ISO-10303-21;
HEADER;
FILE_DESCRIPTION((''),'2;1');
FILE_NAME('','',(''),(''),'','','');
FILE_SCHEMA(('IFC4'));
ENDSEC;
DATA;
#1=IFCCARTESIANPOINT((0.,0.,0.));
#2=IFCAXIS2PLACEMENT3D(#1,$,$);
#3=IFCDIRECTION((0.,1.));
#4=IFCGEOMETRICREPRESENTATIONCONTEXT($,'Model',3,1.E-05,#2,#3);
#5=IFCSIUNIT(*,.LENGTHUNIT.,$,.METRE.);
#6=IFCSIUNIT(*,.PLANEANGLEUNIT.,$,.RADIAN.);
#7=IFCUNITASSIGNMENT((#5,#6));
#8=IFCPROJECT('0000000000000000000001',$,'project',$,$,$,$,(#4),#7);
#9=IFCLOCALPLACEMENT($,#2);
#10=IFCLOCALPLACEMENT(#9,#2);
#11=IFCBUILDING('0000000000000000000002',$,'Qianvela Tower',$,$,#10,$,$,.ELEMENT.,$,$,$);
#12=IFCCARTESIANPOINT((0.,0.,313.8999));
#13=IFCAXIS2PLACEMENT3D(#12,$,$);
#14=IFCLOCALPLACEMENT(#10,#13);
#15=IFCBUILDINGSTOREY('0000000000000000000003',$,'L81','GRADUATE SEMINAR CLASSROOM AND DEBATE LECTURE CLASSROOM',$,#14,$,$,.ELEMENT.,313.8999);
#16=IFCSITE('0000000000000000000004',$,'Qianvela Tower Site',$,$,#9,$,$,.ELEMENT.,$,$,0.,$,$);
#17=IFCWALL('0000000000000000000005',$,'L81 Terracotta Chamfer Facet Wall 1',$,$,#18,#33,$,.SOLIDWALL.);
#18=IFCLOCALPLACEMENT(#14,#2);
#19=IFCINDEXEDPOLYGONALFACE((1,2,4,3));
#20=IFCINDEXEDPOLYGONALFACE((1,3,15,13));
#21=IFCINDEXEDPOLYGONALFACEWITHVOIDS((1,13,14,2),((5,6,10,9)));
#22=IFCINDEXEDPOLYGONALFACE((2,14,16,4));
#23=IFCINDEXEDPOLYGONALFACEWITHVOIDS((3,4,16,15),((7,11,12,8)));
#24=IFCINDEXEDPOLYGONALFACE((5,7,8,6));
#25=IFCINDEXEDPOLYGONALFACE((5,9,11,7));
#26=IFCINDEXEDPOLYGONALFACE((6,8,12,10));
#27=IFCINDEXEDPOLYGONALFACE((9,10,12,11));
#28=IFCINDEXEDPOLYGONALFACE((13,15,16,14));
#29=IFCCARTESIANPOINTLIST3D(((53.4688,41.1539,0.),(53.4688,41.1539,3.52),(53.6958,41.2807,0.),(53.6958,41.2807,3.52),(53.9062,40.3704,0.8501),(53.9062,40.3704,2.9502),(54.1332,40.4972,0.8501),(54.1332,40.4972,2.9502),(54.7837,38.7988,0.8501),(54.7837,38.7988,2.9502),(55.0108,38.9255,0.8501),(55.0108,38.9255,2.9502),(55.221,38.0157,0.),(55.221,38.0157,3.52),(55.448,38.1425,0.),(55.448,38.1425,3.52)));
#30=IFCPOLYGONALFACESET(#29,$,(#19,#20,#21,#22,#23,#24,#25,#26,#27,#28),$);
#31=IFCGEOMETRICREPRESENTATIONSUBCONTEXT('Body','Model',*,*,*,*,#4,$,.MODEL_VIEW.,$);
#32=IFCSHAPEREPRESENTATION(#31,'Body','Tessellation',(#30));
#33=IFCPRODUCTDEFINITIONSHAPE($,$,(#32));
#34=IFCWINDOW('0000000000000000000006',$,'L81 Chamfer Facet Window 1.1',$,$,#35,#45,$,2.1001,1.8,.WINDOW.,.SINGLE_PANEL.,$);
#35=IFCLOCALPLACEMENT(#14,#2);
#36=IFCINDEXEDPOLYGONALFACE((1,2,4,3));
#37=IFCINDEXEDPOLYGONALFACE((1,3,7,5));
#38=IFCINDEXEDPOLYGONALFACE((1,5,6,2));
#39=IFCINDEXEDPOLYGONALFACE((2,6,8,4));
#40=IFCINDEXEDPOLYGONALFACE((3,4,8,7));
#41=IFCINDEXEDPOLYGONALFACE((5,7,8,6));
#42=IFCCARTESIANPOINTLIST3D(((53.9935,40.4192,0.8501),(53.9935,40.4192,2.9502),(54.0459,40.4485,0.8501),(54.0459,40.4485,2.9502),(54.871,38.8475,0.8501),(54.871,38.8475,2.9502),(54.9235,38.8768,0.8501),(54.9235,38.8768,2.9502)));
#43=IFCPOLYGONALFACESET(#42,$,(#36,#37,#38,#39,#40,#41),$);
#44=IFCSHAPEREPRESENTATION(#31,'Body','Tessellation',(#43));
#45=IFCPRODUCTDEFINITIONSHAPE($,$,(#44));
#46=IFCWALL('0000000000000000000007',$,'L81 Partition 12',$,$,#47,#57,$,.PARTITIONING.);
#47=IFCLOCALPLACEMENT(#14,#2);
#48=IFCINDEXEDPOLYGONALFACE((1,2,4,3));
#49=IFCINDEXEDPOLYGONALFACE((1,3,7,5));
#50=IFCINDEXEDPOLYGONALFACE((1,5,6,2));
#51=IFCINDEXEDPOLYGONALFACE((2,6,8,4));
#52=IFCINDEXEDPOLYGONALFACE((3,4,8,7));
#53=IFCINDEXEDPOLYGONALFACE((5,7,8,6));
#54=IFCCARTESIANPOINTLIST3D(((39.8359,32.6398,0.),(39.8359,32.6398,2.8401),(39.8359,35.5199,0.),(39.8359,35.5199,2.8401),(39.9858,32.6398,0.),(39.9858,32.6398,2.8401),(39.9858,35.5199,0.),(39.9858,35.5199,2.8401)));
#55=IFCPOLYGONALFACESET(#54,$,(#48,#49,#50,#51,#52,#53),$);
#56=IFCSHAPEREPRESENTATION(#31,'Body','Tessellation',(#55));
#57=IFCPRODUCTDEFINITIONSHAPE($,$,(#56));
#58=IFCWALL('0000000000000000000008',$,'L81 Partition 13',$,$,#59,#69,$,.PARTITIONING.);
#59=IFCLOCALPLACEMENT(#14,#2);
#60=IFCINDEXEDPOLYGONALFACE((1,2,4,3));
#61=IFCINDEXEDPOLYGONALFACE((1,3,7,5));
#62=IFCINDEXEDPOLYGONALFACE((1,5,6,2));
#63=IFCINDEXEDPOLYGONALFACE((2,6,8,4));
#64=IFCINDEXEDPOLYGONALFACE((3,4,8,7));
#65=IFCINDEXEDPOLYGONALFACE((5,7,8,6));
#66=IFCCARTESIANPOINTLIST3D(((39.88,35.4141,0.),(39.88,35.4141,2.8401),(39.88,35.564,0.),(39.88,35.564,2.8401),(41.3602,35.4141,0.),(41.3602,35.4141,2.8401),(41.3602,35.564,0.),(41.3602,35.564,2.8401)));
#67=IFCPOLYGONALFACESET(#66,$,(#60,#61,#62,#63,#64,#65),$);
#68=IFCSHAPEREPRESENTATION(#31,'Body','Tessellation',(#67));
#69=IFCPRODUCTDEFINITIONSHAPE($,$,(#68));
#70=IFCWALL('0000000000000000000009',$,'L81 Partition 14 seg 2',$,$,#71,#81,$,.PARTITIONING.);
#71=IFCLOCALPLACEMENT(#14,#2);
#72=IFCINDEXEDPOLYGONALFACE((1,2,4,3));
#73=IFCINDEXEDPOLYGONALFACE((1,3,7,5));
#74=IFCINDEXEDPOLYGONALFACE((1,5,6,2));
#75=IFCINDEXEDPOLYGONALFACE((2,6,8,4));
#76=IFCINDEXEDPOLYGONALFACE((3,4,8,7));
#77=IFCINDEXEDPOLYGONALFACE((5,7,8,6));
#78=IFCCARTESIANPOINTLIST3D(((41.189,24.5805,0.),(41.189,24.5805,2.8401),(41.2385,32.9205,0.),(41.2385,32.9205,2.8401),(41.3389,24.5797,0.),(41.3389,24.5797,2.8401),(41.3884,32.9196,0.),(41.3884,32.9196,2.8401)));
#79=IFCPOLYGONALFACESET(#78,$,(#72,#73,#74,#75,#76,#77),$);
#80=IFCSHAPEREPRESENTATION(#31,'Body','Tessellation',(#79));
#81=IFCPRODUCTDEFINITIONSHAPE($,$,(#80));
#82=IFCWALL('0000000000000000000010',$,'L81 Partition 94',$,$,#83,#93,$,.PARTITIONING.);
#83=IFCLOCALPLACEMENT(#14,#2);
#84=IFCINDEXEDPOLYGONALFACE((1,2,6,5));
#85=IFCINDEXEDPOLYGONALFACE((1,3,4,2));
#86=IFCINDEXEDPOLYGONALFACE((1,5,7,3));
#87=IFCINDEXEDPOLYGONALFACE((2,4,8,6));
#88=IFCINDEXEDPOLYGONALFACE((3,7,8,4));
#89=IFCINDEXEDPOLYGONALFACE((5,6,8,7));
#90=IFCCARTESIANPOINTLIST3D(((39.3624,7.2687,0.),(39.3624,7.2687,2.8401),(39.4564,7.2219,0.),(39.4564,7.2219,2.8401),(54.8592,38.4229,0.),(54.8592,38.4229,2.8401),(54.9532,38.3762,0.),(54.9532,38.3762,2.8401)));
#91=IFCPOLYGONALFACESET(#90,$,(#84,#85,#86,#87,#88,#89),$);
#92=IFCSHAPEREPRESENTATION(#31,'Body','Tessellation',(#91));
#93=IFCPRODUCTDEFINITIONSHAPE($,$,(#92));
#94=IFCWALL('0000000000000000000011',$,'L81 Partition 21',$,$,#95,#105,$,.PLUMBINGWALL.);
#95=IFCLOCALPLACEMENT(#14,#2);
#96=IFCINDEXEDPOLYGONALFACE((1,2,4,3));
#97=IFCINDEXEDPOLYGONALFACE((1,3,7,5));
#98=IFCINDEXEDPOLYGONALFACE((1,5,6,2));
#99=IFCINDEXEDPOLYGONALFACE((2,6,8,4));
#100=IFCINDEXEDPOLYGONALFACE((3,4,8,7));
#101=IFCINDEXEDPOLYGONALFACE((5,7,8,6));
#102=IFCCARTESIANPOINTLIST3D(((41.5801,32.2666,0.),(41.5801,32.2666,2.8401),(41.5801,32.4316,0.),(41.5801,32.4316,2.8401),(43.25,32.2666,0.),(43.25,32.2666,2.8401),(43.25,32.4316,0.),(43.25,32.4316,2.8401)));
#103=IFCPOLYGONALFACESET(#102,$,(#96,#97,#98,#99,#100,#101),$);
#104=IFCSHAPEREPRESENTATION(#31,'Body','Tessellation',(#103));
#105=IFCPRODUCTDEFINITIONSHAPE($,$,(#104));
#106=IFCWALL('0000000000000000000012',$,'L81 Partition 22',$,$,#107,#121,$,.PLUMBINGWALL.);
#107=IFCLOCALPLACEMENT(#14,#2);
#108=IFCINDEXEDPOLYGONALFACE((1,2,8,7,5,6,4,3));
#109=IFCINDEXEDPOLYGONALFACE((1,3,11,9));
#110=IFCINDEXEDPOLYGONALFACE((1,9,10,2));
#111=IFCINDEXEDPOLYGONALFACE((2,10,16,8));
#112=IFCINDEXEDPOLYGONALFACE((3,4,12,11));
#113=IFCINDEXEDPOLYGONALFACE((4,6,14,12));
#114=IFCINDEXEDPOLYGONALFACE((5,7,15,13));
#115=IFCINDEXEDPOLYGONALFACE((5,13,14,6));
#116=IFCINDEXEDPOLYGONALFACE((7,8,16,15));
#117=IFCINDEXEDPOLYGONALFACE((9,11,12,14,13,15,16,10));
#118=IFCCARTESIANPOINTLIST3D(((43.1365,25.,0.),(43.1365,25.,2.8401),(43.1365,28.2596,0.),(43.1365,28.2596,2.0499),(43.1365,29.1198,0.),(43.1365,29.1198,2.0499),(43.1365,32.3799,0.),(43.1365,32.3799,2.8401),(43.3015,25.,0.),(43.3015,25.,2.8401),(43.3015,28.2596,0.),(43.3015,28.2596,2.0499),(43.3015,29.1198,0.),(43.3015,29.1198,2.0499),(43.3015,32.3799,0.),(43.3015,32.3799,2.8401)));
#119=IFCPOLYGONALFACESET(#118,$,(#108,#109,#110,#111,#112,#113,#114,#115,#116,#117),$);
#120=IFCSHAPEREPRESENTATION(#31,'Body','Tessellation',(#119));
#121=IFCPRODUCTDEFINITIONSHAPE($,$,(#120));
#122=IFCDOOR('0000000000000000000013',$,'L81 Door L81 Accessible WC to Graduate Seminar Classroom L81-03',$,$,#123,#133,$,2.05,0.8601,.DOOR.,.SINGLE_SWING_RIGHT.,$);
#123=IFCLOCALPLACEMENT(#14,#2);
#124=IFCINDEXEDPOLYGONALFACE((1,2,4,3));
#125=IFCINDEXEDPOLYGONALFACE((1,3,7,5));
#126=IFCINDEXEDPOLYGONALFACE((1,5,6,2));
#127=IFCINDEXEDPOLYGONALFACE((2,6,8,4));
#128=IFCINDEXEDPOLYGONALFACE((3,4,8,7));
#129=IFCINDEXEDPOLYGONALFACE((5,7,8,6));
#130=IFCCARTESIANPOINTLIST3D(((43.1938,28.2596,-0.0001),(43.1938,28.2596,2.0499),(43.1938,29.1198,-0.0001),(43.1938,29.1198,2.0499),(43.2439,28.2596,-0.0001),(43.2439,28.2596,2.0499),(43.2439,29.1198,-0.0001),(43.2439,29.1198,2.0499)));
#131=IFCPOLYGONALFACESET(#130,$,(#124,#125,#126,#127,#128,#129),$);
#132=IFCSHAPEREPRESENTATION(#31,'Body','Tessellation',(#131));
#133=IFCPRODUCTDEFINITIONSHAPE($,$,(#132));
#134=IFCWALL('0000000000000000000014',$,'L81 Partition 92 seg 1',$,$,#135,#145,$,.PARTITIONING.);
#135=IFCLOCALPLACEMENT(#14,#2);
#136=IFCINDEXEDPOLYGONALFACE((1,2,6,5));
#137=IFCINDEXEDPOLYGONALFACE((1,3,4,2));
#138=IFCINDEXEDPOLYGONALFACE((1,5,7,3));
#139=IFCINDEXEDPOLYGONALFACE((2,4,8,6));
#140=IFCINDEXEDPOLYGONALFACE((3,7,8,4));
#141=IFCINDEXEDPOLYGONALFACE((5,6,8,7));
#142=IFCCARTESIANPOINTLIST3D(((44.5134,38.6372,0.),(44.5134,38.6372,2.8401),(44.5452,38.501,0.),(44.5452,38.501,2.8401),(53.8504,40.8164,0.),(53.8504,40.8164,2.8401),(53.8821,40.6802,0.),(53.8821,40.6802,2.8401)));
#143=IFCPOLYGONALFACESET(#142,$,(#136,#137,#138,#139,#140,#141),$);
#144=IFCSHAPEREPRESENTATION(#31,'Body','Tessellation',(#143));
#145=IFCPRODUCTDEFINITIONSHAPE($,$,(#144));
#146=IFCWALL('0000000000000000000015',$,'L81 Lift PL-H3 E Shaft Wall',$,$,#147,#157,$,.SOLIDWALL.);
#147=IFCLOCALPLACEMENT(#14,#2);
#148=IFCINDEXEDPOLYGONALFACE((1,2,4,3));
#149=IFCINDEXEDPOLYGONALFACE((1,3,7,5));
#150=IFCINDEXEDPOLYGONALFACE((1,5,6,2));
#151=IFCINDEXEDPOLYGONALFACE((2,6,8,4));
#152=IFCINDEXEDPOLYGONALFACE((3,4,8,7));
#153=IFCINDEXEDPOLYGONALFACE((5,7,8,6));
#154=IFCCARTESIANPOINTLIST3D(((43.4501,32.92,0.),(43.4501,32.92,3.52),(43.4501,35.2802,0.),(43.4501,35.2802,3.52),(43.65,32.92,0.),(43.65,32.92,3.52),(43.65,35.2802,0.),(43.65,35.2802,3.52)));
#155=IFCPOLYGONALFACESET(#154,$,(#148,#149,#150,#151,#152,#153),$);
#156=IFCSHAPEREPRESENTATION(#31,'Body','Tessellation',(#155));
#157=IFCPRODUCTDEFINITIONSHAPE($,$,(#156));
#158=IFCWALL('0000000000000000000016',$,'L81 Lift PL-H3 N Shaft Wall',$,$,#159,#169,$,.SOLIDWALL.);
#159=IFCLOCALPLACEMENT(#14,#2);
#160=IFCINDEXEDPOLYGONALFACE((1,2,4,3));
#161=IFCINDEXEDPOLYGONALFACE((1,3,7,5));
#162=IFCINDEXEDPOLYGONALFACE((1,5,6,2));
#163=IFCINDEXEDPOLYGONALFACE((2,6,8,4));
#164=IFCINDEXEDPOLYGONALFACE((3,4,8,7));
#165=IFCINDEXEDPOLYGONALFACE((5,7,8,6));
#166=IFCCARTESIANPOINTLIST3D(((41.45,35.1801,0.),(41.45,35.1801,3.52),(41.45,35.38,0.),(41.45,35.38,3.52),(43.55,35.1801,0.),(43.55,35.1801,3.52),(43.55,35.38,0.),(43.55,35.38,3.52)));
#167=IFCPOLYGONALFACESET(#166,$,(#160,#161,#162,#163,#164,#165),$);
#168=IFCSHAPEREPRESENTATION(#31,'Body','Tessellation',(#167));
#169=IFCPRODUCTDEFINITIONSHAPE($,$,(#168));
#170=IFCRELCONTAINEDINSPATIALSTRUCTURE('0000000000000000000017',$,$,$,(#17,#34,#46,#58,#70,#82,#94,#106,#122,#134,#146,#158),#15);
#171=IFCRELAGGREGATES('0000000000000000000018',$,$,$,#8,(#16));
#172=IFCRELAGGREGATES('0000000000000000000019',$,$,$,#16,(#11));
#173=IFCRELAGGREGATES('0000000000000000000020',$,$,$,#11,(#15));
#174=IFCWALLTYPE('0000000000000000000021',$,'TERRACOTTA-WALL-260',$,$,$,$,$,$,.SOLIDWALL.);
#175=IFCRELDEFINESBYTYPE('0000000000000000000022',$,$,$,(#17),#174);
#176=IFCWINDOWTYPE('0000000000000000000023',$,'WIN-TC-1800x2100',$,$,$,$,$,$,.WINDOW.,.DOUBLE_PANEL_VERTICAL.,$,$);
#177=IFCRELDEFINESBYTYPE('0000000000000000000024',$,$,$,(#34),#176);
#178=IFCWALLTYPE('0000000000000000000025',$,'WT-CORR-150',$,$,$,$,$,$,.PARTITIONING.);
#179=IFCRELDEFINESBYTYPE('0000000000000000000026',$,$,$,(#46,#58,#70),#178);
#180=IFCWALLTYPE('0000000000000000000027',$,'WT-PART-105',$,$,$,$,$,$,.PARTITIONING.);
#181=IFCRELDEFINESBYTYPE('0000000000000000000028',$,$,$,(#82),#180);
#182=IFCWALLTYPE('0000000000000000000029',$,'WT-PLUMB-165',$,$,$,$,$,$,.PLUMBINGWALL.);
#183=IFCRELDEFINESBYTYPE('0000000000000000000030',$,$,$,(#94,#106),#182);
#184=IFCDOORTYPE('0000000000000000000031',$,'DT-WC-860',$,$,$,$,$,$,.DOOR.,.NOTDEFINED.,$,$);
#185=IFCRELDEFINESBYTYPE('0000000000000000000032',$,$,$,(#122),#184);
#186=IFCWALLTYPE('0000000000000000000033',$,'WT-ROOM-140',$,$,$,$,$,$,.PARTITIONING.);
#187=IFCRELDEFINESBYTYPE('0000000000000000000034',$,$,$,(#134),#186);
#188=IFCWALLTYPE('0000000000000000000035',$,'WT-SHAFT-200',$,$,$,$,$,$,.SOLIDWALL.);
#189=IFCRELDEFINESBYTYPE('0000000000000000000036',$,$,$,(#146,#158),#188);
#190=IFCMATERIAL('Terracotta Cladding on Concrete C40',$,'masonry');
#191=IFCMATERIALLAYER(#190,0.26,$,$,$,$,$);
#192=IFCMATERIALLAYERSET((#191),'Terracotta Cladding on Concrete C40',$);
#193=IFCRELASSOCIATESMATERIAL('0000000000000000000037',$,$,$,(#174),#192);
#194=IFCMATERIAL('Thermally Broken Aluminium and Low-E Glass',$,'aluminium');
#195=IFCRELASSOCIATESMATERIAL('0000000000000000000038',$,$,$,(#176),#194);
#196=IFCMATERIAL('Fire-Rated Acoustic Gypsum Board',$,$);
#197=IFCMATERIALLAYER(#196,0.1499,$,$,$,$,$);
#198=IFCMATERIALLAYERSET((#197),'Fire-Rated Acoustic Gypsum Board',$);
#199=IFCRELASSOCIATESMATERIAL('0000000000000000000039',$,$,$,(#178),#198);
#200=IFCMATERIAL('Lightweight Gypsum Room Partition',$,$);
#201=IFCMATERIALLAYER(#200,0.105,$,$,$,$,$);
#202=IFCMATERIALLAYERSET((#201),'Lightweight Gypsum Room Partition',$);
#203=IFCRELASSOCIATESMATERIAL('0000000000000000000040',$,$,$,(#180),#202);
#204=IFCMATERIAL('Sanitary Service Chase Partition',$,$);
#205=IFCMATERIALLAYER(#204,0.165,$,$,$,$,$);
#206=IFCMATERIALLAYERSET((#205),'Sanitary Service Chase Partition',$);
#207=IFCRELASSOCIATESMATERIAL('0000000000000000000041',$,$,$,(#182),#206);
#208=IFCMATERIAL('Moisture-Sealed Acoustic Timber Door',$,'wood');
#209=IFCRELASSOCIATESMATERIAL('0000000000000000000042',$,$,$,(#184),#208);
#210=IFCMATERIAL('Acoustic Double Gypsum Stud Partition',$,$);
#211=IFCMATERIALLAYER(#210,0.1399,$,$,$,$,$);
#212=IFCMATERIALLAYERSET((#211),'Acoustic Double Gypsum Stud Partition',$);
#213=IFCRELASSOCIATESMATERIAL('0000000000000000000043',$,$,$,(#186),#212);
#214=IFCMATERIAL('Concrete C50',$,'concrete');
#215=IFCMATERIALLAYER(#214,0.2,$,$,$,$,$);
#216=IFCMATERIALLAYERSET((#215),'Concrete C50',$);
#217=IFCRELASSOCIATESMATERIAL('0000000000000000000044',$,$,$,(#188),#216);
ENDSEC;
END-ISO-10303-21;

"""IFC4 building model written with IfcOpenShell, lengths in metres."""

from ifc_helpers import new_model, si_unit, direction, frame, frame_2d, origin, place, context, subcontext, project, spatial, rectangle, extrude, material, layer, layer_set, type_object, element, fill, save


model = new_model("IFC4")

# Units and contexts
model_context = context("Model", 3, precision=1e-05, world=origin(), true_north=direction((0.0, 1.0)))
body_context = subcontext(model_context, "Body", "Model", "MODEL_VIEW")
ifc_project = project(units=[si_unit("LENGTHUNIT", "METRE"), si_unit("PLANEANGLEUNIT", "RADIAN")], contexts=[model_context])

# Site, building, storey
site_placement = place(None, origin())
site = spatial("IfcSite", under=ifc_project, at=site_placement, Name="Qianvela Tower Site", CompositionType="ELEMENT", RefElevation=0.0)
building_placement = place(site_placement, origin())
building = spatial("IfcBuilding", under=site, at=building_placement, Name="Qianvela Tower", CompositionType="ELEMENT")
storey_placement = place(building_placement, frame((0.0, 0.0, 313.8999)))
storey = spatial("IfcBuildingStorey", under=building, at=storey_placement, Name="L81", Description="GRADUATE SEMINAR CLASSROOM AND DEBATE LECTURE CLASSROOM", CompositionType="ELEMENT", Elevation=313.8999)

# Wall, opening, window
ifc_material_1 = material(Name="Terracotta Cladding on Concrete C40", Category="masonry")
ifc_layer_1 = layer(ifc_material_1, 0.26)
ifc_layer_set_1 = layer_set([ifc_layer_1], Name="Terracotta Cladding on Concrete C40")
wall_type_1 = type_object("IfcWallType", Name="TERRACOTTA-WALL-260", PredefinedType="SOLIDWALL", material=ifc_layer_set_1)
wall_1_placement = place(storey_placement, frame((55.3345, 38.0791, 0.0), z_axis=(0.0, 0.0, 1.0), x_axis=(-0.487505, 0.87312, 0.0)))
wall_1 = element("IfcWall", 1, at=wall_1_placement, inside=storey, type_object=wall_type_1, Name="L81 Terracotta Chamfer Facet Wall 1", PredefinedType="SOLIDWALL", context=body_context, shape_type="SweptSolid", body=[
    extrude(rectangle(XDim=3.5942, YDim=0.26, at=frame_2d((1.7971, 0.0))), origin(), (0.0, 0.0, 1.0), 3.52),
])
opening_1_placement = place(wall_1_placement, frame((0.897, 0.0, 0.8501)))
opening_1 = element("IfcOpeningElement", 2, at=opening_1_placement, cuts=wall_1, PredefinedType="OPENING", context=body_context, shape_type="SweptSolid", body=[
    extrude(rectangle(XDim=1.8, YDim=2.1001, at=frame_2d((0.8999, 1.05))), frame((0.0, 0.1399, 0.0), z_axis=(0.0, -1.0, 0.0), x_axis=(1.0, 0.0, 0.0)), (0.0, 0.0, 1.0), 0.28),
])
ifc_material_2 = material(Name="Thermally Broken Aluminium and Low-E Glass", Category="aluminium")
window_type = type_object("IfcWindowType", Name="WIN-TC-1800x2100", PartitioningType="DOUBLE_PANEL_VERTICAL", PredefinedType="WINDOW", material=ifc_material_2)
window_placement = place(opening_1_placement, origin())
window = element("IfcWindow", 3, at=window_placement, inside=storey, type_object=window_type, Name="L81 Chamfer Facet Window 1.1", OverallHeight=2.1001, OverallWidth=1.8, PartitioningType="SINGLE_PANEL", PredefinedType="WINDOW", context=body_context, shape_type="SweptSolid", body=[
    extrude(rectangle(XDim=1.8, YDim=2.1001, at=frame_2d((0.8999, 1.05))), frame((0.0, 0.03, 0.0), z_axis=(0.0, -1.0, 0.0), x_axis=(1.0, 0.0, 0.0)), (0.0, 0.0, 1.0), 0.0601),
])
fill(opening_1, window)

# Walls
ifc_material_3 = material(Name="Fire-Rated Acoustic Gypsum Board")
ifc_layer_2 = layer(ifc_material_3, 0.1499)
ifc_layer_set_2 = layer_set([ifc_layer_2], Name="Fire-Rated Acoustic Gypsum Board")
wall_type_2 = type_object("IfcWallType", Name="WT-CORR-150", PredefinedType="PARTITIONING", material=ifc_layer_set_2)
wall_2_placement = place(storey_placement, frame((39.9109, 32.6399, 0.0), z_axis=(0.0, 0.0, 1.0), x_axis=(0.0, 1.0, 0.0)))
element("IfcWall", 4, at=wall_2_placement, inside=storey, type_object=wall_type_2, Name="L81 Partition 12", PredefinedType="PARTITIONING", context=body_context, shape_type="SweptSolid", body=[
    extrude(rectangle(XDim=2.8801, YDim=0.1499, at=frame_2d((1.4399, 0.0))), origin(), (0.0, 0.0, 1.0), 2.8401),
])
wall_3_placement = place(storey_placement, frame((39.8799, 35.489, 0.0), z_axis=(0.0, 0.0, 1.0), x_axis=(1.0, 0.0, 0.0)))
element("IfcWall", 5, at=wall_3_placement, inside=storey, type_object=wall_type_2, Name="L81 Partition 13", PredefinedType="PARTITIONING", context=body_context, shape_type="SweptSolid", body=[
    extrude(rectangle(XDim=1.4802, YDim=0.1499, at=frame_2d((0.7402, 0.0))), origin(), (0.0, 0.0, 1.0), 2.8401),
])
wall_4_placement = place(storey_placement, frame((41.3135, 32.9199, 0.0), z_axis=(0.0, 0.0, 1.0), x_axis=(-0.005943, -0.999982, 0.0)))
element("IfcWall", 6, at=wall_4_placement, inside=storey, type_object=wall_type_2, Name="L81 Partition 14 seg 2", PredefinedType="PARTITIONING", context=body_context, shape_type="SweptSolid", body=[
    extrude(rectangle(XDim=8.3401, YDim=0.1499, at=frame_2d((4.1699, 0.0))), origin(), (0.0, 0.0, 1.0), 2.8401),
])
ifc_material_4 = material(Name="Lightweight Gypsum Room Partition")
ifc_layer_3 = layer(ifc_material_4, 0.105)
ifc_layer_set_3 = layer_set([ifc_layer_3], Name="Lightweight Gypsum Room Partition")
wall_type_3 = type_object("IfcWallType", Name="WT-PART-105", PredefinedType="PARTITIONING", material=ifc_layer_set_3)
wall_5_placement = place(storey_placement, frame((54.9062, 38.3997, 0.0), z_axis=(0.0, 0.0, 1.0), x_axis=(-0.445366, -0.895349, 0.0)))
element("IfcWall", 7, at=wall_5_placement, inside=storey, type_object=wall_type_3, Name="L81 Partition 94", PredefinedType="PARTITIONING", context=body_context, shape_type="SweptSolid", body=[
    extrude(rectangle(XDim=34.7957, YDim=0.105, at=frame_2d((17.3979, 0.0))), origin(), (0.0, 0.0, 1.0), 2.8401),
])
ifc_material_5 = material(Name="Sanitary Service Chase Partition")
ifc_layer_4 = layer(ifc_material_5, 0.165)
ifc_layer_set_4 = layer_set([ifc_layer_4], Name="Sanitary Service Chase Partition")
wall_type_4 = type_object("IfcWallType", Name="WT-PLUMB-165", PredefinedType="PLUMBINGWALL", material=ifc_layer_set_4)
wall_6_placement = place(storey_placement, frame((41.5801, 32.3491, 0.0), z_axis=(0.0, 0.0, 1.0), x_axis=(1.0, 0.0, 0.0)))
element("IfcWall", 8, at=wall_6_placement, inside=storey, type_object=wall_type_4, Name="L81 Partition 21", PredefinedType="PLUMBINGWALL", context=body_context, shape_type="SweptSolid", body=[
    extrude(rectangle(XDim=1.6699, YDim=0.165, at=frame_2d((0.835, 0.0))), origin(), (0.0, 0.0, 1.0), 2.8401),
])

# Wall, opening, door
wall_7_placement = place(storey_placement, frame((43.219, 32.3799, 0.0), z_axis=(0.0, 0.0, 1.0), x_axis=(0.0, -1.0, 0.0)))
wall_7 = element("IfcWall", 9, at=wall_7_placement, inside=storey, type_object=wall_type_4, Name="L81 Partition 22", PredefinedType="PLUMBINGWALL", context=body_context, shape_type="SweptSolid", body=[
    extrude(rectangle(XDim=7.3799, YDim=0.165, at=frame_2d((3.6899, 0.0))), origin(), (0.0, 0.0, 1.0), 2.8401),
])
opening_2_placement = place(wall_7_placement, frame((3.26, 0.0, 0.0)))
opening_2 = element("IfcOpeningElement", 10, at=opening_2_placement, cuts=wall_7, PredefinedType="OPENING", context=body_context, shape_type="SweptSolid", body=[
    extrude(rectangle(XDim=0.8601, YDim=2.05, at=frame_2d((0.4302, 1.0249))), frame((0.0, 0.0925, 0.0), z_axis=(0.0, -1.0, 0.0), x_axis=(1.0, 0.0, 0.0)), (0.0, 0.0, 1.0), 0.1851),
])
ifc_material_6 = material(Name="Moisture-Sealed Acoustic Timber Door", Category="wood")
door_type_1 = type_object("IfcDoorType", Name="DT-WC-860", OperationType="NOTDEFINED", PredefinedType="DOOR", material=ifc_material_6)
door_1_placement = place(opening_2_placement, origin())
door_1 = element("IfcDoor", 11, at=door_1_placement, inside=storey, type_object=door_type_1, Name="L81 Door L81 Accessible WC to Graduate Seminar Classroom L81-03", OperationType="SINGLE_SWING_RIGHT", OverallHeight=2.05, OverallWidth=0.8601, PredefinedType="DOOR", context=body_context, shape_type="SweptSolid", body=[
    extrude(rectangle(XDim=0.8601, YDim=2.05, at=frame_2d((0.4302, 1.0249))), frame((0.0, 0.0249, 0.0), z_axis=(0.0, -1.0, 0.0), x_axis=(1.0, 0.0, 0.0)), (0.0, 0.0, 1.0), 0.05),
])
fill(opening_2, door_1)

# Wall
ifc_material_7 = material(Name="Acoustic Double Gypsum Stud Partition")
ifc_layer_5 = layer(ifc_material_7, 0.1399)
ifc_layer_set_5 = layer_set([ifc_layer_5], Name="Acoustic Double Gypsum Stud Partition")
wall_type_5 = type_object("IfcWallType", Name="WT-ROOM-140", PredefinedType="PARTITIONING", material=ifc_layer_set_5)
wall_8_placement = place(storey_placement, frame((44.5293, 38.5691, 0.0), z_axis=(0.0, 0.0, 1.0), x_axis=(0.973828, 0.227288, 0.0)))
element("IfcWall", 12, at=wall_8_placement, inside=storey, type_object=wall_type_5, Name="L81 Partition 92 seg 1", PredefinedType="PARTITIONING", context=body_context, shape_type="SweptSolid", body=[
    extrude(rectangle(XDim=9.5879, YDim=0.1399, at=frame_2d((4.7939, 0.0))), origin(), (0.0, 0.0, 1.0), 2.8401),
])

# Shared definitions
ifc_material_8 = material(Name="Concrete C50", Category="concrete")
ifc_layer_6 = layer(ifc_material_8, 0.2)
ifc_layer_set_6 = layer_set([ifc_layer_6], Name="Concrete C50")
wall_type_6 = type_object("IfcWallType", Name="WT-SHAFT-200", PredefinedType="SOLIDWALL", material=ifc_layer_set_6)

# Wall
wall_9_placement = place(storey_placement, frame((43.55, 32.9199, 0.0), z_axis=(0.0, 0.0, 1.0), x_axis=(0.0, 1.0, 0.0)))
element("IfcWall", 13, at=wall_9_placement, inside=storey, type_object=wall_type_6, Name="L81 Lift PL-H3 E Shaft Wall", PredefinedType="SOLIDWALL", context=body_context, shape_type="SweptSolid", body=[
    extrude(rectangle(XDim=2.3601, YDim=0.2, at=frame_2d((1.1802, 0.0))), origin(), (0.0, 0.0, 1.0), 3.52),
])

# Wall
for number, where, z_axis, x_axis, name in (
    (14, (41.45, 35.28, 0.0), (0.0, 0.0, 1.0), (1.0, 0.0, 0.0), "L81 Lift PL-H3 N Shaft Wall"),
):
    element("IfcWall", number, at=place(storey_placement, frame(where, z_axis=z_axis, x_axis=x_axis)), inside=storey, type_object=wall_type_6, Name=name, PredefinedType="SOLIDWALL", context=body_context, shape_type="SweptSolid", body=[
        extrude(rectangle(XDim=2.1001, YDim=0.2, at=frame_2d((1.05, 0.0))), origin(), (0.0, 0.0, 1.0), 3.52),
    ])

save(model, "model.ifc")
